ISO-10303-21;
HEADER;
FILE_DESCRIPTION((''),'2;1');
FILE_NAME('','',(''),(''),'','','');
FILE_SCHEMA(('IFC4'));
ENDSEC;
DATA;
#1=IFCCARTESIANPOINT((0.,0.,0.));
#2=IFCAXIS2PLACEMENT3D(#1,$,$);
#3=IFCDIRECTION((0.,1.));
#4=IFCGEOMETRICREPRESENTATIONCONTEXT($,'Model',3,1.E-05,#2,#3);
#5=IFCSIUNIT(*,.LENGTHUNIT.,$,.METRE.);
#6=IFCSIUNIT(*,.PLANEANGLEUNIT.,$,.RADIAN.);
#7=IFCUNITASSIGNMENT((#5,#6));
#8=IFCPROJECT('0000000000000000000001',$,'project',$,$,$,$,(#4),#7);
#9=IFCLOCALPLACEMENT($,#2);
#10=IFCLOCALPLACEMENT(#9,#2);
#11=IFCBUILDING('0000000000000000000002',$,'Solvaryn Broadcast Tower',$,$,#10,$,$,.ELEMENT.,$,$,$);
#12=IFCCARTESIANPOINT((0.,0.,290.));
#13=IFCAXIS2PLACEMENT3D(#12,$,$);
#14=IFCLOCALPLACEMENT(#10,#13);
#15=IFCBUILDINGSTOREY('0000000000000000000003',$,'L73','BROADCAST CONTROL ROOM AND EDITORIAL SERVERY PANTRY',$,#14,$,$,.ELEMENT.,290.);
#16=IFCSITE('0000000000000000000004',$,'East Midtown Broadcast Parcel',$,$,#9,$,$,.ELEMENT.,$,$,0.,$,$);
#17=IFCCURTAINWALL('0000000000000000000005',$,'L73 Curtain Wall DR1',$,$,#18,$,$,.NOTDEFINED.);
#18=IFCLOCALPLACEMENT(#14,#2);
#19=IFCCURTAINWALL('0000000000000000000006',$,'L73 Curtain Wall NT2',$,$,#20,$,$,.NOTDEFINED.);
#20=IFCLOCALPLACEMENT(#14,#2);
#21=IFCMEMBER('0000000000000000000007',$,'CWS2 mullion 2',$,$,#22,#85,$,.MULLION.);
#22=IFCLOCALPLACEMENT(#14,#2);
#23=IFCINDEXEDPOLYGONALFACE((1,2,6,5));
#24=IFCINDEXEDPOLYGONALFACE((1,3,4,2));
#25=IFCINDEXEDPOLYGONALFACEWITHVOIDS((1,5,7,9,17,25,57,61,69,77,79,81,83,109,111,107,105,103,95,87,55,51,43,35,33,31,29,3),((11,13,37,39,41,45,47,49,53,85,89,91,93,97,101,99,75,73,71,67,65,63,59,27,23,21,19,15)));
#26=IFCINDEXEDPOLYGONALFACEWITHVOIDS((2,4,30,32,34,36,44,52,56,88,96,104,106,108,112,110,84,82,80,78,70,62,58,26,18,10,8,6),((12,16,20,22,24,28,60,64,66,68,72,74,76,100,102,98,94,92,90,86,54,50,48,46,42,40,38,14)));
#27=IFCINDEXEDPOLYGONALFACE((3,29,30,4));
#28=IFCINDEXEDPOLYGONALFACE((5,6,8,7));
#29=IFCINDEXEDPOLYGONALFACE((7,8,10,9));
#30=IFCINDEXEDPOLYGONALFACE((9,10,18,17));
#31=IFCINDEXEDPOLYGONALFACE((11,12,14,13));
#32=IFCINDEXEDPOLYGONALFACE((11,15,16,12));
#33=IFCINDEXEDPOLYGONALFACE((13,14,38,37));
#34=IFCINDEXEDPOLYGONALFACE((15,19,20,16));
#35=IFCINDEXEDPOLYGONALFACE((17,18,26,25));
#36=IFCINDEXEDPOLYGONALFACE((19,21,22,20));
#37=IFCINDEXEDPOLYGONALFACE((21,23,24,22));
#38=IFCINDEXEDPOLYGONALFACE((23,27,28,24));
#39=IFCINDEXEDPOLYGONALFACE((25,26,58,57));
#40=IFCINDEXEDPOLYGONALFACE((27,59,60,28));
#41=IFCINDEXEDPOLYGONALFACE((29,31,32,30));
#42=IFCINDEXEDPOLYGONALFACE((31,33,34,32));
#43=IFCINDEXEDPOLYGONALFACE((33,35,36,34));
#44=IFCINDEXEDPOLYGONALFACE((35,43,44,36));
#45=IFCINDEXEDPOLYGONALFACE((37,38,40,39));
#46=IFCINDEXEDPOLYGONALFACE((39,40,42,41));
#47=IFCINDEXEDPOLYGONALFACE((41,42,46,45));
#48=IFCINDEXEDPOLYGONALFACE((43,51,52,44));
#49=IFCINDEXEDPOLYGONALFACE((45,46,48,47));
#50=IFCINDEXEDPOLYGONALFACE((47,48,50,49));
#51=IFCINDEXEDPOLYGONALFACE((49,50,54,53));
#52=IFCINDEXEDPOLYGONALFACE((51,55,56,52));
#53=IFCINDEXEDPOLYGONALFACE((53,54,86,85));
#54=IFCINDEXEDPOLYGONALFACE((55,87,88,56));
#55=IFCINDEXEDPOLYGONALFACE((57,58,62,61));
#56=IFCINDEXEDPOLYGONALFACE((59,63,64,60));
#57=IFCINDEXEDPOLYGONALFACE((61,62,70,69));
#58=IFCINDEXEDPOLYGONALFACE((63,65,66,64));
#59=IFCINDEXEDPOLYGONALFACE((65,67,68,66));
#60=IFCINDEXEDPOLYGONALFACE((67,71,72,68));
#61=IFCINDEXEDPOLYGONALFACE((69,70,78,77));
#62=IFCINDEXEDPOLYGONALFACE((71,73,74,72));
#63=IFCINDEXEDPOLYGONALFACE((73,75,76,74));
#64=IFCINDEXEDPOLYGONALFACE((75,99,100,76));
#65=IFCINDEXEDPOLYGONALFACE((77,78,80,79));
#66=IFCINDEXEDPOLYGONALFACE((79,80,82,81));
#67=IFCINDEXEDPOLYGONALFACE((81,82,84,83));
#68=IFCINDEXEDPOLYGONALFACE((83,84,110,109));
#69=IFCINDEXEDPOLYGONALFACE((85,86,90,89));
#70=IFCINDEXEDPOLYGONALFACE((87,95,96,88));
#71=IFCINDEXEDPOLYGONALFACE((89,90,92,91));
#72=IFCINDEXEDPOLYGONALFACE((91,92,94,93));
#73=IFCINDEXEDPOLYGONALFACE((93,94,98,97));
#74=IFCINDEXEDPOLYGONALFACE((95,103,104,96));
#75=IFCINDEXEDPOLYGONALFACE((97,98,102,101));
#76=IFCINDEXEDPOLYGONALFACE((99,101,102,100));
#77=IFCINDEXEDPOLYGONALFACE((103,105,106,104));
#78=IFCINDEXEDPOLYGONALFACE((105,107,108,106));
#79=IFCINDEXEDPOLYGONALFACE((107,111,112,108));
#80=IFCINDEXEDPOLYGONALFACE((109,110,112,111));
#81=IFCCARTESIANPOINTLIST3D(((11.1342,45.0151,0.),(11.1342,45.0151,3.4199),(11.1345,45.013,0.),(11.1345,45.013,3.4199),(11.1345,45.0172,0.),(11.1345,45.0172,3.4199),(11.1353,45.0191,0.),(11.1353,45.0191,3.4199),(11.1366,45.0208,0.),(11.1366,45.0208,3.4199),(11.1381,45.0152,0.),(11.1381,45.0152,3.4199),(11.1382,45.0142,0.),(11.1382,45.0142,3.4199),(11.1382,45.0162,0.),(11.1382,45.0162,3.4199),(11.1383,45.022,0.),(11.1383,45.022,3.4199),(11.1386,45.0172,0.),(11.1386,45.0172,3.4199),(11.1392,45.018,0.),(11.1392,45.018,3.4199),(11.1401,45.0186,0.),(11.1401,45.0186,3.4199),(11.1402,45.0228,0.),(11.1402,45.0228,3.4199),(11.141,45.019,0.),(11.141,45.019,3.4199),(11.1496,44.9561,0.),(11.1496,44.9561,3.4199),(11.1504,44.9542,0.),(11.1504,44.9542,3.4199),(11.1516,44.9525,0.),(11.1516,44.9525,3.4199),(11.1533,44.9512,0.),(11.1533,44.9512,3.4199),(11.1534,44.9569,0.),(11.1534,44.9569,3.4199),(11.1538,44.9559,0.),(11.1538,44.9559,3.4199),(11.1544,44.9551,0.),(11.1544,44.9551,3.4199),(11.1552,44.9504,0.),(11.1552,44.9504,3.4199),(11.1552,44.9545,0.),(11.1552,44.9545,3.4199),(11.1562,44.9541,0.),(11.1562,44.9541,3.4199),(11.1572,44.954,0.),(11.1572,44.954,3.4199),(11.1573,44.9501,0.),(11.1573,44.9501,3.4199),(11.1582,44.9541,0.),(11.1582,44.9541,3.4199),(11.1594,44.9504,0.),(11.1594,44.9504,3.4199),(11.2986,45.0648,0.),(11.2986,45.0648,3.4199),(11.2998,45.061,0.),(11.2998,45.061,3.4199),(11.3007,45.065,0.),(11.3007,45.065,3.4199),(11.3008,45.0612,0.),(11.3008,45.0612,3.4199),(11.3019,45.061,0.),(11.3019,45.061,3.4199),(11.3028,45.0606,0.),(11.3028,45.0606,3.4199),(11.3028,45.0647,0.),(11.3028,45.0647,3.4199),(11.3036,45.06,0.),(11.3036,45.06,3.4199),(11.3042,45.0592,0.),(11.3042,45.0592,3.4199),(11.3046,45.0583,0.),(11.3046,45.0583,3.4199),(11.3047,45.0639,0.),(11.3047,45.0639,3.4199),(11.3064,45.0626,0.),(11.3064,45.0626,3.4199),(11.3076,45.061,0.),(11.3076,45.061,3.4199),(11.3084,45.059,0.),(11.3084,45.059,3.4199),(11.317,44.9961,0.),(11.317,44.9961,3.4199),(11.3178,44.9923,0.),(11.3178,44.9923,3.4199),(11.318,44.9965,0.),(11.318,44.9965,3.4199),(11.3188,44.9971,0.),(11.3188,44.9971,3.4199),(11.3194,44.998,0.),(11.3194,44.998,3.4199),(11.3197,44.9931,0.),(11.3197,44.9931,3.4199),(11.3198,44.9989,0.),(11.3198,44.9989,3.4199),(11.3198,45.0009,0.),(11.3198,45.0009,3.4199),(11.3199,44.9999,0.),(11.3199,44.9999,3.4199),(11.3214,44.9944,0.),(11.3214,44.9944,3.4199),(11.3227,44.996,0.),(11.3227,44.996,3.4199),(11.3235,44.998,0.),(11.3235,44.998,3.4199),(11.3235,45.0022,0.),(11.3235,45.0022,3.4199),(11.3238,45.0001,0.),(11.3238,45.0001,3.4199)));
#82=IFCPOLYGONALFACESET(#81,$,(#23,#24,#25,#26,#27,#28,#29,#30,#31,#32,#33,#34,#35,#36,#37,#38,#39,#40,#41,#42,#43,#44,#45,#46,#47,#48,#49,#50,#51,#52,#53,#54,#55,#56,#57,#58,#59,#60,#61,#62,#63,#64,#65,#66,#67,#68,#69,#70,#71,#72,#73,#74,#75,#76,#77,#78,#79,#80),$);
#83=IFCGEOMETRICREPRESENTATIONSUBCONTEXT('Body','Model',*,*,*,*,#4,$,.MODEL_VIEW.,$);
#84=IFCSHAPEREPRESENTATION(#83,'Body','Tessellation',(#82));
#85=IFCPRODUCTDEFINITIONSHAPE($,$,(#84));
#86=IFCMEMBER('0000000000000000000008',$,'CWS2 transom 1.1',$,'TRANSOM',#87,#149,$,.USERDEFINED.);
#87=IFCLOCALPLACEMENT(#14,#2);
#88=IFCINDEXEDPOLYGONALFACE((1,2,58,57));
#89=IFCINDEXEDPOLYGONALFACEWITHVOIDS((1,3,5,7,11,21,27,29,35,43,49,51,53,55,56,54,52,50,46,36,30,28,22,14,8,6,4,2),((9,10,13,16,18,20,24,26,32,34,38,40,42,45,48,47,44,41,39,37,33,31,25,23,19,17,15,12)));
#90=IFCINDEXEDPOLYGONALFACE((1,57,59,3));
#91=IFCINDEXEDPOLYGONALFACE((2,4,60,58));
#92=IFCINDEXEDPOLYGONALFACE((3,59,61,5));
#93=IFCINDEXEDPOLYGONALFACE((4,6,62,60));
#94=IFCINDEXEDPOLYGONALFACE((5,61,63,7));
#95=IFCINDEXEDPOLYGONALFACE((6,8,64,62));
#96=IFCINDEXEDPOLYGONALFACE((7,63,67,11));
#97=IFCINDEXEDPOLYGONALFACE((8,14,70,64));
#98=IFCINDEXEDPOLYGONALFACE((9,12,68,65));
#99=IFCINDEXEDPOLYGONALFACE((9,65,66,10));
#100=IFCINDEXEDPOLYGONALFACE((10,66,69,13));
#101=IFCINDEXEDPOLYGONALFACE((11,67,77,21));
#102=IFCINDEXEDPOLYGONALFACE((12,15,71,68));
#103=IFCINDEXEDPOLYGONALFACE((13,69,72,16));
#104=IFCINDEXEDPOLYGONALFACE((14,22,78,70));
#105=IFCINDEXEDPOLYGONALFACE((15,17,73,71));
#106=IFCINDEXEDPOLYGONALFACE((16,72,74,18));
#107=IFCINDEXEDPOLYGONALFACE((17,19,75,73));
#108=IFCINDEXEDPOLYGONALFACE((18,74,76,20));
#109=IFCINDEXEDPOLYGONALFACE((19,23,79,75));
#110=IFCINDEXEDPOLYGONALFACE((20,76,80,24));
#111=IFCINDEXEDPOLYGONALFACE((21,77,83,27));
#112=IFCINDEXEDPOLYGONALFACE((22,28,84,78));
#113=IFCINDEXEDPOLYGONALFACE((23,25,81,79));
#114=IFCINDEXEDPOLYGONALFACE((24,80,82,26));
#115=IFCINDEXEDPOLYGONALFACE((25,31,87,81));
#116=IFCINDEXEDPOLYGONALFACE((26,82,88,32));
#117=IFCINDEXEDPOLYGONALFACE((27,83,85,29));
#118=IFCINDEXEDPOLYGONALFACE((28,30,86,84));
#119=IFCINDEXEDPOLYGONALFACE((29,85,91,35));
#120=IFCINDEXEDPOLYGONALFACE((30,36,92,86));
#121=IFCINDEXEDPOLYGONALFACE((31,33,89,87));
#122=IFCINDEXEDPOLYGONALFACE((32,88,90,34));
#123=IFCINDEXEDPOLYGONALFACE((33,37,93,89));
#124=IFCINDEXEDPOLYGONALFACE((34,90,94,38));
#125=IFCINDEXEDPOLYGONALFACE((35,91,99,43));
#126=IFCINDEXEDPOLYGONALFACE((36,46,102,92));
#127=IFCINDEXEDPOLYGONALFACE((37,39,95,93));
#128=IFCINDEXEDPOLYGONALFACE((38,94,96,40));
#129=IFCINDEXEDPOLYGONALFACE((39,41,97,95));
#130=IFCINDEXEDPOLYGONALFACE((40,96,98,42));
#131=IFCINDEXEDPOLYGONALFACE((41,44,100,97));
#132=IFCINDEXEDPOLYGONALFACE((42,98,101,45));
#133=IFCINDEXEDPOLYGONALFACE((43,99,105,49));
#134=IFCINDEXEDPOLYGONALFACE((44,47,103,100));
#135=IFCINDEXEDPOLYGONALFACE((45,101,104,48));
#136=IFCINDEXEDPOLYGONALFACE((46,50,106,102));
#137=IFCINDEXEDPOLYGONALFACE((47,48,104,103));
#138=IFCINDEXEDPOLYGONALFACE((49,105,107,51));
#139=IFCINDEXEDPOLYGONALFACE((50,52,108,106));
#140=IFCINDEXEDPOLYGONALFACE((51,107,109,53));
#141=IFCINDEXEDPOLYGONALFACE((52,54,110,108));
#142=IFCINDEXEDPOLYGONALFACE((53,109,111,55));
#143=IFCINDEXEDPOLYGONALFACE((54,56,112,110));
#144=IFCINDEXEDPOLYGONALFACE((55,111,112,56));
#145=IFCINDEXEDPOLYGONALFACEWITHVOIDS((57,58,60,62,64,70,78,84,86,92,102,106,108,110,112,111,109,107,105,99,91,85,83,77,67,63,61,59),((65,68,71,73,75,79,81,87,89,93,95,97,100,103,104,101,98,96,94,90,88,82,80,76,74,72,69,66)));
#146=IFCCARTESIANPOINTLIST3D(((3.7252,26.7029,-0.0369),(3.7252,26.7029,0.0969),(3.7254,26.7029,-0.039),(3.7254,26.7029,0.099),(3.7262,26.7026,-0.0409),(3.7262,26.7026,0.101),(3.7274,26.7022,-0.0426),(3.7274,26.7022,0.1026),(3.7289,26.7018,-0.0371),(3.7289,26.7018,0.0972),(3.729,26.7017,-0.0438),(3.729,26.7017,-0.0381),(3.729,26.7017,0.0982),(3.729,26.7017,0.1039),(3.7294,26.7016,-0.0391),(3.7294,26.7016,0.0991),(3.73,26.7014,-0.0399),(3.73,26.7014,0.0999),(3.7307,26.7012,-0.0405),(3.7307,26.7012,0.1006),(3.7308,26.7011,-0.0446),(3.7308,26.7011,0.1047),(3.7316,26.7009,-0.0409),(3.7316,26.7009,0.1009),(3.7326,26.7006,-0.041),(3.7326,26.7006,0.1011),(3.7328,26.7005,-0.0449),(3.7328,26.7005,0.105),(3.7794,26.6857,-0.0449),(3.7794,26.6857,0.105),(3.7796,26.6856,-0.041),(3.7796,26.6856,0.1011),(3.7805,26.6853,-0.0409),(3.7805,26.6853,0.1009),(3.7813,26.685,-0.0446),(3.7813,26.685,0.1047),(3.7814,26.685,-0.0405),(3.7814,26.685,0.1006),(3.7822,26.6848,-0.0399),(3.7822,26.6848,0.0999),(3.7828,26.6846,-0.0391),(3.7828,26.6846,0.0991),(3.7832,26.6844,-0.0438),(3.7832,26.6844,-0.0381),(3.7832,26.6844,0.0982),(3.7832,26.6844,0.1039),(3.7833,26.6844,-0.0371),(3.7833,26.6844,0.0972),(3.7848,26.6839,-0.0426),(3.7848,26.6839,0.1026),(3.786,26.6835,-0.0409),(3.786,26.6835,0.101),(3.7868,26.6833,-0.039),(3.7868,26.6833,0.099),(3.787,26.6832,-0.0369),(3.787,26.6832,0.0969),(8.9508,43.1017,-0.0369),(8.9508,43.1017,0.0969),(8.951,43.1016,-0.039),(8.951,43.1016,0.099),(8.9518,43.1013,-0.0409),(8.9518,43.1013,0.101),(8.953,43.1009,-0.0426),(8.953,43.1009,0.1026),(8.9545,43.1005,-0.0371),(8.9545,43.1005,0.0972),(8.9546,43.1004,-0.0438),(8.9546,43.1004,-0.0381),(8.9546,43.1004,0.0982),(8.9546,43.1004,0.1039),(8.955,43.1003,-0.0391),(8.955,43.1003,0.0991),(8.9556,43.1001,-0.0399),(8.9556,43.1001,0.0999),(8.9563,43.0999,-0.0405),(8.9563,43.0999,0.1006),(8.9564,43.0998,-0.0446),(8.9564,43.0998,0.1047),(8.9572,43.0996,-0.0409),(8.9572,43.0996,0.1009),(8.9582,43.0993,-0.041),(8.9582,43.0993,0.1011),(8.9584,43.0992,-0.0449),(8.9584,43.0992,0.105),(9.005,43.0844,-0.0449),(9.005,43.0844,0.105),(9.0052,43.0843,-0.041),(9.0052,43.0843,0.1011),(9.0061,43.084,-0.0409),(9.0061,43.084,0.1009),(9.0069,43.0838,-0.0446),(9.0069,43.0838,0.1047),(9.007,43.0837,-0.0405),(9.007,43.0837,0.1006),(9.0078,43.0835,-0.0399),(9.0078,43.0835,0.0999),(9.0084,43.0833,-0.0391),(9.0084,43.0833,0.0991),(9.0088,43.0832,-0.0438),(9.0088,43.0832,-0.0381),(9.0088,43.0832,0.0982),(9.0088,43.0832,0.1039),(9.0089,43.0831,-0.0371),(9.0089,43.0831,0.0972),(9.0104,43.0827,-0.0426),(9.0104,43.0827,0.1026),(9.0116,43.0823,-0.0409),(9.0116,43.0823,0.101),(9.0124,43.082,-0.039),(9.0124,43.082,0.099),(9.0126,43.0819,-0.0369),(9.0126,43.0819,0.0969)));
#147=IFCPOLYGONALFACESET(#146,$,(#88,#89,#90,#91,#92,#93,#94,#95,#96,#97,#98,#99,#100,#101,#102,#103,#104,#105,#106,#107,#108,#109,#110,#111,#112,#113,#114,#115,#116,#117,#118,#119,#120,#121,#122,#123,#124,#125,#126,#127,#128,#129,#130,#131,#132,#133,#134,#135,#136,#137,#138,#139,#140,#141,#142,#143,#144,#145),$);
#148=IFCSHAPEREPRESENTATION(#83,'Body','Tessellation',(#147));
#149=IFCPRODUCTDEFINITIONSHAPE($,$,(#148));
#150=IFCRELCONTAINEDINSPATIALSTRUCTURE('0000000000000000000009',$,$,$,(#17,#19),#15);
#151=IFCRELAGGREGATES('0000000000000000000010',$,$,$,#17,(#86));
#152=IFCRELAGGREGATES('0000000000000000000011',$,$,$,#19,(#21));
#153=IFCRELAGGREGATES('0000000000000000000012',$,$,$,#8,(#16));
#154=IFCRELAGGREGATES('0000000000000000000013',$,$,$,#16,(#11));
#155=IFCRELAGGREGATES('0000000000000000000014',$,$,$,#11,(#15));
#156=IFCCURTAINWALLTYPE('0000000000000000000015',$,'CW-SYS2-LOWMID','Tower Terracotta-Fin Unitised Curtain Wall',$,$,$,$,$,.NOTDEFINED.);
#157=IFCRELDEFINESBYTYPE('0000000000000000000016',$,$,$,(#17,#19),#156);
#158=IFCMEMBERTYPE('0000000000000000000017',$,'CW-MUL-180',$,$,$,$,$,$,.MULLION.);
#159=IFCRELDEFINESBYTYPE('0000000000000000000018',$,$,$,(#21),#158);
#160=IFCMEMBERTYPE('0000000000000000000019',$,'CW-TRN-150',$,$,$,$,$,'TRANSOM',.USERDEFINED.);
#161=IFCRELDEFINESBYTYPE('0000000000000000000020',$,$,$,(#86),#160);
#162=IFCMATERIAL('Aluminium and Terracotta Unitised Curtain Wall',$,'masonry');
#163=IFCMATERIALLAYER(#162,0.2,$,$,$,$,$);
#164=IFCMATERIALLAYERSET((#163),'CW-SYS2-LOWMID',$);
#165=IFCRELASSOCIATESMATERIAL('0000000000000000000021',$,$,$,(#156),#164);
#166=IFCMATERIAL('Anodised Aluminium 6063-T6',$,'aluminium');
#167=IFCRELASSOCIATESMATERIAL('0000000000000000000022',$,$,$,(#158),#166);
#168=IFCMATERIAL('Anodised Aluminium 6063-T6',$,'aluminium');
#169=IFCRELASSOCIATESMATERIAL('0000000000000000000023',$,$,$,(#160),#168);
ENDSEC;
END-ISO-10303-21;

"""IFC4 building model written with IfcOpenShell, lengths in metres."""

from ifc_helpers import new_model, si_unit, direction, frame, origin, origin_2d, place, context, subcontext, project, spatial, hollow_rectangle, extrude, material, layer, layer_set, material_profile, profile_set, type_object, element, aggregate, save


model = new_model("IFC4")

# Units and contexts
model_context = context("Model", 3, precision=1e-05, world=origin(), true_north=direction((0.0, 1.0)))
body_context = subcontext(model_context, "Body", "Model", "MODEL_VIEW")
ifc_project = project(units=[si_unit("LENGTHUNIT", "METRE"), si_unit("PLANEANGLEUNIT", "RADIAN")], contexts=[model_context])

# Site, building, storey
site_placement = place(None, origin())
site = spatial("IfcSite", under=ifc_project, at=site_placement, Name="East Midtown Broadcast Parcel", CompositionType="ELEMENT", RefElevation=0.0)
building_placement = place(site_placement, origin())
building = spatial("IfcBuilding", under=site, at=building_placement, Name="Solvaryn Broadcast Tower", CompositionType="ELEMENT")
storey_placement = place(building_placement, frame((0.0, 0.0, 290.0)))
storey = spatial("IfcBuildingStorey", under=building, at=storey_placement, Name="L73", Description="BROADCAST CONTROL ROOM AND EDITORIAL SERVERY PANTRY", CompositionType="ELEMENT", Elevation=290.0)

# Curtain walls, member
ifc_material_1 = material(Name="Aluminium and Terracotta Unitised Curtain Wall", Category="masonry")
ifc_layer_1 = layer(ifc_material_1, 0.2)
ifc_layer_set_1 = layer_set([ifc_layer_1], Name="CW-SYS2-LOWMID")
curtain_wall_type = type_object("IfcCurtainWallType", Name="CW-SYS2-LOWMID", Description="Tower Terracotta-Fin Unitised Curtain Wall", PredefinedType="NOTDEFINED", material=ifc_layer_set_1)
curtain_wall_1_placement = place(storey_placement, origin())
curtain_wall_1 = element("IfcCurtainWall", 1, at=curtain_wall_1_placement, inside=storey, type_object=curtain_wall_type, Name="L73 Curtain Wall DR1", PredefinedType="NOTDEFINED")
ifc_material_2 = material(Name="Anodised Aluminium 6063-T6", Category="aluminium")
ifc_material_profile_1 = material_profile(ifc_material_2, hollow_rectangle(XDim=0.075, YDim=0.1799, WallThickness=0.0039, InnerFilletRadius=0.0039, OuterFilletRadius=0.0081, at=origin_2d()))
ifc_profile_set_1 = profile_set([ifc_material_profile_1], Name="Anodised Aluminium 6063-T6")
member_type_1 = type_object("IfcMemberType", Name="CW-MUL-180", PredefinedType="MULLION", material=ifc_profile_set_1)
curtain_wall_2_placement = place(storey_placement, origin())
curtain_wall_2 = element("IfcCurtainWall", 2, at=curtain_wall_2_placement, inside=storey, type_object=curtain_wall_type, Name="L73 Curtain Wall NT2", PredefinedType="NOTDEFINED")
member_1_placement = place(storey_placement, frame((11.229, 45.0076, 0.0), z_axis=(0.0, 0.0, 1.0), x_axis=(0.255893, -0.966705, 0.0)))
member_1 = element("IfcMember", 3, at=member_1_placement, type_object=member_type_1, Name="CWS2 mullion 2", PredefinedType="MULLION", context=body_context, shape_type="SweptSolid", body=[
    extrude(hollow_rectangle(XDim=0.075, YDim=0.1799, WallThickness=0.0039, InnerFilletRadius=0.0039, OuterFilletRadius=0.0081, at=origin_2d()), origin(), (0.0, 0.0, 1.0), 3.4199),
])

# Member
ifc_material_3 = material(Name="Anodised Aluminium 6063-T6", Category="aluminium")
ifc_material_profile_2 = material_profile(ifc_material_3, hollow_rectangle(XDim=0.0649, YDim=0.1499, WallThickness=0.0039, InnerFilletRadius=0.0039, OuterFilletRadius=0.0081, at=origin_2d()))
ifc_profile_set_2 = profile_set([ifc_material_profile_2], Name="Anodised Aluminium 6063-T6")
member_type_2 = type_object("IfcMemberType", Name="CW-TRN-150", ElementType="TRANSOM", PredefinedType="USERDEFINED", material=ifc_profile_set_2)
member_2_placement = place(storey_placement, frame((8.9817, 43.0918, 0.03), z_axis=(-0.303616, -0.952794, 0.0), x_axis=(0.952794, -0.303616, 0.0)))
member_2 = element("IfcMember", 4, at=member_2_placement, type_object=member_type_2, Name="CWS2 transom 1.1", ObjectType="TRANSOM", PredefinedType="USERDEFINED", context=body_context, shape_type="SweptSolid", body=[
    extrude(hollow_rectangle(XDim=0.0649, YDim=0.1499, WallThickness=0.0039, InnerFilletRadius=0.0039, OuterFilletRadius=0.0081, at=origin_2d()), origin(), (0.0, 0.0, 1.0), 17.2112),
])

aggregate(curtain_wall_1, [member_2])
aggregate(curtain_wall_2, [member_1])

save(model, "model.ifc")
